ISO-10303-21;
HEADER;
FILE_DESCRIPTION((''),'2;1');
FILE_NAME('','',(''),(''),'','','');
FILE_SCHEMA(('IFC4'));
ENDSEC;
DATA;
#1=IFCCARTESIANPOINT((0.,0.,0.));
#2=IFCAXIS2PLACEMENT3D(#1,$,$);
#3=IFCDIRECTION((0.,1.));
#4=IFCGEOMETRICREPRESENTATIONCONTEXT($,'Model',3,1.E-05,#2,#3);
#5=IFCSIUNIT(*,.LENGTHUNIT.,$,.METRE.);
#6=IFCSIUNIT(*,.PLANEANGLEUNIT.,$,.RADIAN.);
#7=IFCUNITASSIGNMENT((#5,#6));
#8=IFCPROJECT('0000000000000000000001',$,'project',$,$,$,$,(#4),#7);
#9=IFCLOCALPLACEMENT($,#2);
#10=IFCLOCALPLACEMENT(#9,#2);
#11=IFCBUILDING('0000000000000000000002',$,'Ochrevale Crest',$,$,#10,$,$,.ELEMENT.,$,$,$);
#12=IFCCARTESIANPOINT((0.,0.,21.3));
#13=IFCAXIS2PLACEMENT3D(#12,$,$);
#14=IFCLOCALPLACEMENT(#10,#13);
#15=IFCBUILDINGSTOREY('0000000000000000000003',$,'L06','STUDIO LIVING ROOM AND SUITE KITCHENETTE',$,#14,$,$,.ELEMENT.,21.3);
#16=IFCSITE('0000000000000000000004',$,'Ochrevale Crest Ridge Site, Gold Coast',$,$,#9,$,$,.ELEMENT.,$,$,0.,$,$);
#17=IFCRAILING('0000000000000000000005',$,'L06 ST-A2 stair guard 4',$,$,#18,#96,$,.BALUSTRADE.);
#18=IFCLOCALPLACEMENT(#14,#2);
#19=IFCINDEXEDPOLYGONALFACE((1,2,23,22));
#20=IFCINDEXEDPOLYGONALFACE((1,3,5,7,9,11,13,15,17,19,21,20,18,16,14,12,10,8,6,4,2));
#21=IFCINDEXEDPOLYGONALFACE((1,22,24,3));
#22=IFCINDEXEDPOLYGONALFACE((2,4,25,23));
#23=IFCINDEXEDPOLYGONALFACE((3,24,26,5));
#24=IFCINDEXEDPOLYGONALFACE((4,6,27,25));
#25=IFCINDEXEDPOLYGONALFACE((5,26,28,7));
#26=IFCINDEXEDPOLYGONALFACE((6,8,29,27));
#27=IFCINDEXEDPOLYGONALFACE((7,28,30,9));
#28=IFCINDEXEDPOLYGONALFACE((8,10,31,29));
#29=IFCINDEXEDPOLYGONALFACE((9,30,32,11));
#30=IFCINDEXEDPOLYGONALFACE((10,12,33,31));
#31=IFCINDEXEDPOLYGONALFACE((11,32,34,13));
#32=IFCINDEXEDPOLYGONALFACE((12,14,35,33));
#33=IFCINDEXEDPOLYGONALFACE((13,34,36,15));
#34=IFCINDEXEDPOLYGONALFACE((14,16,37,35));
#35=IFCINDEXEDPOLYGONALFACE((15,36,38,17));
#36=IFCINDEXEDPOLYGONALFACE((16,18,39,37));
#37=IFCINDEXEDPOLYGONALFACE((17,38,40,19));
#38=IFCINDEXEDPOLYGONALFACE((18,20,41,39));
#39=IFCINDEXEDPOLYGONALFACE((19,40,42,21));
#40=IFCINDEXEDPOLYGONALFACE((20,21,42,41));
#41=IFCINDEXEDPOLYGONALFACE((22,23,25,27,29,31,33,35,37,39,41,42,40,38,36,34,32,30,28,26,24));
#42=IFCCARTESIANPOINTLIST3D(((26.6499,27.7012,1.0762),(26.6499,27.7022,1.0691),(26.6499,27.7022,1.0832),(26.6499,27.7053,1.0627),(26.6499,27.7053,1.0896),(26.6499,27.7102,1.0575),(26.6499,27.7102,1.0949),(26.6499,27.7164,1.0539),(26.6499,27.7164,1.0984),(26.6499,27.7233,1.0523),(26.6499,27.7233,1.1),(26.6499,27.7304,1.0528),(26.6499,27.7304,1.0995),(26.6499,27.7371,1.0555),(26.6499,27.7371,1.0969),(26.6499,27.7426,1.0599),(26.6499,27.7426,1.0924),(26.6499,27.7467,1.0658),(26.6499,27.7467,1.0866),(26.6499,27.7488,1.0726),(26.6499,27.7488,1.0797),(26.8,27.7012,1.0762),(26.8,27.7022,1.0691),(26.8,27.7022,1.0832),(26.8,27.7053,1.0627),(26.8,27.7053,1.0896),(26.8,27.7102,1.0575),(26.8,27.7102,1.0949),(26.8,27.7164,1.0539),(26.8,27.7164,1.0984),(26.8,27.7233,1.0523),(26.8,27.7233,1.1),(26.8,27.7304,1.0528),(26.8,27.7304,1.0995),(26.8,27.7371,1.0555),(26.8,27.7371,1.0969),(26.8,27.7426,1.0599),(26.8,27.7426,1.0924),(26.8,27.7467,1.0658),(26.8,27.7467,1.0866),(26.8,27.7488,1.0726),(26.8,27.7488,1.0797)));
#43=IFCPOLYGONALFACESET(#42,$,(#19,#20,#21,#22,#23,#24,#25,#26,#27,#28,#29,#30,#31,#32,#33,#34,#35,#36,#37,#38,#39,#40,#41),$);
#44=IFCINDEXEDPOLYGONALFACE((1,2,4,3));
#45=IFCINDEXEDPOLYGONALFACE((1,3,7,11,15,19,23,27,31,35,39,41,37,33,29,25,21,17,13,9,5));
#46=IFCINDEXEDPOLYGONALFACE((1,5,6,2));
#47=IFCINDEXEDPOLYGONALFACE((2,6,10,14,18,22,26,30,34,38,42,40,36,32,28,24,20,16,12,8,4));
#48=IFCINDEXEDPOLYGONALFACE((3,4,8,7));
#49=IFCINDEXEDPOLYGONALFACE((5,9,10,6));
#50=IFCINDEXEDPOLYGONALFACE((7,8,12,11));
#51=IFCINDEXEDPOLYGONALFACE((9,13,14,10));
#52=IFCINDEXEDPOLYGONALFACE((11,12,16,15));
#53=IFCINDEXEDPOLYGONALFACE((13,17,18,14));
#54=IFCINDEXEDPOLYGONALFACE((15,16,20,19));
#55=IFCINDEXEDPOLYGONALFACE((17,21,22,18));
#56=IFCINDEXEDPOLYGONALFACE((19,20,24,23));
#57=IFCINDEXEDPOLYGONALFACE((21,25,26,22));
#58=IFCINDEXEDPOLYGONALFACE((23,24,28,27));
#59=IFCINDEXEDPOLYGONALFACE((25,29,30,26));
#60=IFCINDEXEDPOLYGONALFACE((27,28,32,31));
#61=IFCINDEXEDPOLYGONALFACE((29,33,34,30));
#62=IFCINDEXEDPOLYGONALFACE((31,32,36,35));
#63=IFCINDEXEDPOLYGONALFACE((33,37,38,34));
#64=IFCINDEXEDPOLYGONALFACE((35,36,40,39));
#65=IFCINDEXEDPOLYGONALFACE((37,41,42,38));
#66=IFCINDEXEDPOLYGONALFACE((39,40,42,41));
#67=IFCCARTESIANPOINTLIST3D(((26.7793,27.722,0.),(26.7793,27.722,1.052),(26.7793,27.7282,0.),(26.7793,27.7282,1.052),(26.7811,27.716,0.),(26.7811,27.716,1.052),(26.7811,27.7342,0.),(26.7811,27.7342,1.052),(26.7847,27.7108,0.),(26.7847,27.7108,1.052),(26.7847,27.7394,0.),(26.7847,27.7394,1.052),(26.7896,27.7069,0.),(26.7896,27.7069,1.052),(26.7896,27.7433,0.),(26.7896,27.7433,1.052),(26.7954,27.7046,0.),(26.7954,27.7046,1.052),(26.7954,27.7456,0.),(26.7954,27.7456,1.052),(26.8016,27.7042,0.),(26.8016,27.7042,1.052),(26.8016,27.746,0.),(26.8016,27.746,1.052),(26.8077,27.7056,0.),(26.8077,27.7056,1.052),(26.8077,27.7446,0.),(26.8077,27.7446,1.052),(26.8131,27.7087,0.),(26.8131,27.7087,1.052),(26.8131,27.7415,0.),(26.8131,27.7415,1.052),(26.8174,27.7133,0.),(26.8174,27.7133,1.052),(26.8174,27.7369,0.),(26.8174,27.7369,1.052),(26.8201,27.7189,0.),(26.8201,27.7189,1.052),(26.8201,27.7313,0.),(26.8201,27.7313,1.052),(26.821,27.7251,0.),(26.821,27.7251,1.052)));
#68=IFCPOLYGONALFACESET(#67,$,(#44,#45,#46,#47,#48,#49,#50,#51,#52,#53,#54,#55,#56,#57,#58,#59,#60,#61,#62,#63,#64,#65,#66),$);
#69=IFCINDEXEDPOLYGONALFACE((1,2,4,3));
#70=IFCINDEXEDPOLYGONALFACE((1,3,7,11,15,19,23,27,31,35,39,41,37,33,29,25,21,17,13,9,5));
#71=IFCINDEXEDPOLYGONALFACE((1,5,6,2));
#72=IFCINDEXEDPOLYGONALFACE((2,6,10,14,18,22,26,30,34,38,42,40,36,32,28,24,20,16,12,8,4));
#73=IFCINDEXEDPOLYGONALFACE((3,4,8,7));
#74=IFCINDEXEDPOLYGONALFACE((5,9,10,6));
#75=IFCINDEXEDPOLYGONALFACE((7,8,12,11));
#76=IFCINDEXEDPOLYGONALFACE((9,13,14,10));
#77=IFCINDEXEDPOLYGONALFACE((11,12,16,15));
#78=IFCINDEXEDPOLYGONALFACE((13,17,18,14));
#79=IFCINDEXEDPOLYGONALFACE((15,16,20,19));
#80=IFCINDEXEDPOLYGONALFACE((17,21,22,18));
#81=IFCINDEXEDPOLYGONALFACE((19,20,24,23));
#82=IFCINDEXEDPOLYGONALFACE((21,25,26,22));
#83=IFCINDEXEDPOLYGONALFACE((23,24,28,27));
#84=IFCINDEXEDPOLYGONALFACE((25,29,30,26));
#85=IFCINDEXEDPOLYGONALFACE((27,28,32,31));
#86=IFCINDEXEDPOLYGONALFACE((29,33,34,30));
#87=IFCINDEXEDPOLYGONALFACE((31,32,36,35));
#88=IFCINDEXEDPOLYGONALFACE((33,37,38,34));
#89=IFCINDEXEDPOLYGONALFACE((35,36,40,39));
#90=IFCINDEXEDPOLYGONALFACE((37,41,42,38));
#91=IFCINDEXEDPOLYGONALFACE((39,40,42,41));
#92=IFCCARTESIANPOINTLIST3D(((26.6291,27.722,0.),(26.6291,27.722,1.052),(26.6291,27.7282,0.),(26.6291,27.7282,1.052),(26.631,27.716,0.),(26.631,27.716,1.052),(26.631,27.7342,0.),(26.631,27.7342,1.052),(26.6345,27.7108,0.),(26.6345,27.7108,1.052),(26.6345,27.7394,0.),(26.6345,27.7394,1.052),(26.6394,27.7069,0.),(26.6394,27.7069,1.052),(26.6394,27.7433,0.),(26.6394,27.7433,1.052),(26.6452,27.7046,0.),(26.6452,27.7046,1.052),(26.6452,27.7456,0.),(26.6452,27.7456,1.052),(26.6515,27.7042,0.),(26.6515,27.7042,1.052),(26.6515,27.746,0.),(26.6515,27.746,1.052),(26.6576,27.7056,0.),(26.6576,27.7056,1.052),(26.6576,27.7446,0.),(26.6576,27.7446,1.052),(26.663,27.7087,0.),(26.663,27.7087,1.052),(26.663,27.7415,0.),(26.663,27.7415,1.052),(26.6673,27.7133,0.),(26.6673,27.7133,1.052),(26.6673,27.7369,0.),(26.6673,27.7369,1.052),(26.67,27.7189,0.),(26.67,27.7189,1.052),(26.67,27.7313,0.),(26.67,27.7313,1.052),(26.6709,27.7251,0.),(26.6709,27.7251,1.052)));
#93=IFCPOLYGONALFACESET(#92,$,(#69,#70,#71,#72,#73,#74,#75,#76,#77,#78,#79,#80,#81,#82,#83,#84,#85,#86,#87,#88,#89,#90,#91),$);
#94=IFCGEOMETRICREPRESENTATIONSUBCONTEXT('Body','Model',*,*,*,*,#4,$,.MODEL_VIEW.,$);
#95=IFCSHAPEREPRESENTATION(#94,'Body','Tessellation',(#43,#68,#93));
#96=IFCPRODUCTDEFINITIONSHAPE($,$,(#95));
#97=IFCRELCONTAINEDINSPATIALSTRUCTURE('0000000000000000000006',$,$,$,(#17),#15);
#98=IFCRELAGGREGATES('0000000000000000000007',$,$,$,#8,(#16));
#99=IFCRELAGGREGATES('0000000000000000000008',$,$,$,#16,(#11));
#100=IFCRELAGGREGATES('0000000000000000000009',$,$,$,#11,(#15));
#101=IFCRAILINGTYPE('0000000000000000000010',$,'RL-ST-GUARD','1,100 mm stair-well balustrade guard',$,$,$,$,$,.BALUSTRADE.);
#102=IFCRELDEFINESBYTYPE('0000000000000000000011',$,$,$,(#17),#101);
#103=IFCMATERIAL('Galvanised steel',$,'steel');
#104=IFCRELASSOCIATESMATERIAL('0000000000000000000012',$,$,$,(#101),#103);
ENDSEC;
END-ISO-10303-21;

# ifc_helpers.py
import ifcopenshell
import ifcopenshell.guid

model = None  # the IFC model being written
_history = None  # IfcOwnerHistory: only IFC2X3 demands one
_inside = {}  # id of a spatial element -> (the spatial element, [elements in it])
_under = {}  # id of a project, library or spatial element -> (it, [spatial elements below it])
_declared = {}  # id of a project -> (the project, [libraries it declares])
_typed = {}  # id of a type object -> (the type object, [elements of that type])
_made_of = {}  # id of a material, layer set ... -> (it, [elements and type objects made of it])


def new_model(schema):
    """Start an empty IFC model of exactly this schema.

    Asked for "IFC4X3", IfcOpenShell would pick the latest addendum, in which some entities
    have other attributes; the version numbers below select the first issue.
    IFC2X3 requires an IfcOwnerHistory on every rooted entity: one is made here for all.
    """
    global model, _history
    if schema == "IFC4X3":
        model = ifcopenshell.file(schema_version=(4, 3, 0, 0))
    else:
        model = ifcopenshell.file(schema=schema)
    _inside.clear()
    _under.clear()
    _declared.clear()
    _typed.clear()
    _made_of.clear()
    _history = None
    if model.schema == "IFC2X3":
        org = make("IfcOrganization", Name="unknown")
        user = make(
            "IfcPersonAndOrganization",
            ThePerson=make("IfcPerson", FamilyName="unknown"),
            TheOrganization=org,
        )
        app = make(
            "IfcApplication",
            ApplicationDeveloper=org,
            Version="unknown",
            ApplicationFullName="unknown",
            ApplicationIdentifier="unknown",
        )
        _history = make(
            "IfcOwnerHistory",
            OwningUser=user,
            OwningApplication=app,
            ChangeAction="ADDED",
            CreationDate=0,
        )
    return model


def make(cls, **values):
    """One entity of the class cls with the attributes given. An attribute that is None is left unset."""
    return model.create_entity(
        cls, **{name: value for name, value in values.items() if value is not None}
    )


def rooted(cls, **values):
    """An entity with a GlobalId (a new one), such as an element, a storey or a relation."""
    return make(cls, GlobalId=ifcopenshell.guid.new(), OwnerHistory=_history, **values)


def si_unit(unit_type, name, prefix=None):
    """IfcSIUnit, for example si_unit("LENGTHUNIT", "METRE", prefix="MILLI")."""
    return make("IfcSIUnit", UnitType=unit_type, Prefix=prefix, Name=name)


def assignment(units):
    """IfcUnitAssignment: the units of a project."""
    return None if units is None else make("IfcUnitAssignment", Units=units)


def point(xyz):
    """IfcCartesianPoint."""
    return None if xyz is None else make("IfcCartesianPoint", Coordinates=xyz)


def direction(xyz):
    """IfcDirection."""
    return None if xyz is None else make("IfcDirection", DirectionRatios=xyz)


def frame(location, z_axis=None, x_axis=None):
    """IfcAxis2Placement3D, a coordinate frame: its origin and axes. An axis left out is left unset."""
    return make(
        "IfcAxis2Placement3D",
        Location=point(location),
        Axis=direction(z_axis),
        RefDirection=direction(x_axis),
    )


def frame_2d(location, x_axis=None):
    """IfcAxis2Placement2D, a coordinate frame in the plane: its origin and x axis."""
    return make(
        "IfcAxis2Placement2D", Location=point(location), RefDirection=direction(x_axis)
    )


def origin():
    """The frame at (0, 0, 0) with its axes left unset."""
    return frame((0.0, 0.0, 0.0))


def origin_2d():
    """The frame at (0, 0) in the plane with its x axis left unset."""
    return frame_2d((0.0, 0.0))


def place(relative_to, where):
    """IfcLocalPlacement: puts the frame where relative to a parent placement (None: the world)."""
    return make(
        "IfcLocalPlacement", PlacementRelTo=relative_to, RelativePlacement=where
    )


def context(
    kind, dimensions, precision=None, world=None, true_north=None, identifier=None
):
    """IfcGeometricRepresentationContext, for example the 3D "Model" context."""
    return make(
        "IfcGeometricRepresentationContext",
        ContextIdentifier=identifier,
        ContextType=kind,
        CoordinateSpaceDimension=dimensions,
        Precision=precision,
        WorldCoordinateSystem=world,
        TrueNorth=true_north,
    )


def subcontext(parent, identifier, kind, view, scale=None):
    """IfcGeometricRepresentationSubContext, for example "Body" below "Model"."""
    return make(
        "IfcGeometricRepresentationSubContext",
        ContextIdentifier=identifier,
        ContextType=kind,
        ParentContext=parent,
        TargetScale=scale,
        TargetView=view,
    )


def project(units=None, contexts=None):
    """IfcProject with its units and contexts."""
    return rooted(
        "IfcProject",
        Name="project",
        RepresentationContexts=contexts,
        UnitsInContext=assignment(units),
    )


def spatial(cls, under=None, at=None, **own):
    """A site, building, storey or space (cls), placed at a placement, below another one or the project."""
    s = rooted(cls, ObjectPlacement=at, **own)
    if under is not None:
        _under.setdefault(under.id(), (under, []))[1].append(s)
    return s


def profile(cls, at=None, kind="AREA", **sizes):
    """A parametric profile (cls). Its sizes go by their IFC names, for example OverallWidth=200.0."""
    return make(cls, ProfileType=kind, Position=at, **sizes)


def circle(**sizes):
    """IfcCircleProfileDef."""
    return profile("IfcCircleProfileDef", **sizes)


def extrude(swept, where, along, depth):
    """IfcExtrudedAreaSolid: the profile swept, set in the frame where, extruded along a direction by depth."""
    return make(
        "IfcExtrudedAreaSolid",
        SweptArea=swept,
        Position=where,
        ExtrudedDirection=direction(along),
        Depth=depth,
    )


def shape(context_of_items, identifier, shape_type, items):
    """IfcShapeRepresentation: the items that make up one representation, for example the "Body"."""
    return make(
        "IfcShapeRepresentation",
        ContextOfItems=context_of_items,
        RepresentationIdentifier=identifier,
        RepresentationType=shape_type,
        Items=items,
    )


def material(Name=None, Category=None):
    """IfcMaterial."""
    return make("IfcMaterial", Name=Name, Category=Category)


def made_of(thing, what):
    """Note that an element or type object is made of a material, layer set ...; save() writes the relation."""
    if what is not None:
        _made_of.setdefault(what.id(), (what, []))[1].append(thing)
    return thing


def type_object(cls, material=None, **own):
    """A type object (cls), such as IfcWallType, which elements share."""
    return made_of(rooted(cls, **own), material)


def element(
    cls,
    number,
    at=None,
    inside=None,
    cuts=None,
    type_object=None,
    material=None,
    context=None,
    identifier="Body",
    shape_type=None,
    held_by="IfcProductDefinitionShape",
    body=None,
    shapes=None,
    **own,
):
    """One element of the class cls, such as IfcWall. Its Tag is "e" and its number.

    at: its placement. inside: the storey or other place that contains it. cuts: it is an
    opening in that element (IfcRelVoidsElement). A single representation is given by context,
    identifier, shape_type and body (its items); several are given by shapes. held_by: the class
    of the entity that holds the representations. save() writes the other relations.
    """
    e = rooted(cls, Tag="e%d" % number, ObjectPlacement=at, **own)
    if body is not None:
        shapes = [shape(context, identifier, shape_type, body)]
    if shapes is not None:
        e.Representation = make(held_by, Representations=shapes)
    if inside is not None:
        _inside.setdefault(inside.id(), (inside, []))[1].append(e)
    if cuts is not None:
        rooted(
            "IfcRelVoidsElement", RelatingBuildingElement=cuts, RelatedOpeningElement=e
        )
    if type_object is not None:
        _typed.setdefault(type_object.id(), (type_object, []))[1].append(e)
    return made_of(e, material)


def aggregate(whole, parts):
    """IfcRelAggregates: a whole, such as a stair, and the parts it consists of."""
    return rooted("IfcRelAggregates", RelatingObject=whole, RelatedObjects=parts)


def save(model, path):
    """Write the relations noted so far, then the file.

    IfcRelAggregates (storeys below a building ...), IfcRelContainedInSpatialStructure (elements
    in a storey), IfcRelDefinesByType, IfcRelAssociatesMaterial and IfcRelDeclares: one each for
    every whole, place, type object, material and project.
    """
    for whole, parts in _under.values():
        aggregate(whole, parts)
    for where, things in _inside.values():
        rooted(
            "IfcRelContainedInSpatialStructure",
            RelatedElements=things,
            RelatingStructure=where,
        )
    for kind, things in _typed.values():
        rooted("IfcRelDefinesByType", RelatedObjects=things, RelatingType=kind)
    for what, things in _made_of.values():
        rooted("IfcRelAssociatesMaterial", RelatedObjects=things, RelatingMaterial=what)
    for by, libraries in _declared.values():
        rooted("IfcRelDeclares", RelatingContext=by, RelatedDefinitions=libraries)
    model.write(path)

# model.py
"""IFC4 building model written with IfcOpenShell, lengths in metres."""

from ifc_helpers import new_model, si_unit, direction, frame, origin, origin_2d, place, context, subcontext, project, spatial, circle, extrude, material, type_object, element, save


model = new_model("IFC4")

# Units and contexts
model_context = context("Model", 3, precision=1e-05, world=origin(), true_north=direction((0.0, 1.0)))
body_context = subcontext(model_context, "Body", "Model", "MODEL_VIEW")
ifc_project = project(units=[si_unit("LENGTHUNIT", "METRE"), si_unit("PLANEANGLEUNIT", "RADIAN")], contexts=[model_context])

# Site, building, storey
site_placement = place(None, origin())
site = spatial("IfcSite", under=ifc_project, at=site_placement, Name="Ochrevale Crest Ridge Site, Gold Coast", CompositionType="ELEMENT", RefElevation=0.0)
building_placement = place(site_placement, origin())
building = spatial("IfcBuilding", under=site, at=building_placement, Name="Ochrevale Crest", CompositionType="ELEMENT")
storey_placement = place(building_placement, frame((0.0, 0.0, 21.3)))
storey = spatial("IfcBuildingStorey", under=building, at=storey_placement, Name="L06", Description="STUDIO LIVING ROOM AND SUITE KITCHENETTE", CompositionType="ELEMENT", Elevation=21.3)

# Railing
ifc_material_1 = material(Name="Galvanised steel", Category="steel")
railing_type = type_object("IfcRailingType", Name="RL-ST-GUARD", Description="1,100 mm stair-well balustrade guard", PredefinedType="BALUSTRADE", material=ifc_material_1)
railing_1_placement = place(storey_placement, frame((26.8, 27.7251, 0.0)))
element("IfcRailing", 1, at=railing_1_placement, inside=storey, type_object=railing_type, Name="L06 ST-A2 stair guard 4", PredefinedType="BALUSTRADE", context=body_context, shape_type="SweptSolid", body=[
    extrude(circle(Radius=0.0239, at=origin_2d()), frame((0.0, 0.0, 1.0762), z_axis=(-1.0, 0.0, 0.0), x_axis=(0.0, -1.0, 0.0)), (0.0, 0.0, 1.0), 0.1501),
    extrude(circle(Radius=0.021, at=origin_2d()), origin(), (0.0, 0.0, 1.0), 1.052),
    extrude(circle(Radius=0.021, at=origin_2d()), frame((-0.1501, 0.0, 0.0)), (0.0, 0.0, 1.0), 1.052),
])

save(model, "model.ifc")
